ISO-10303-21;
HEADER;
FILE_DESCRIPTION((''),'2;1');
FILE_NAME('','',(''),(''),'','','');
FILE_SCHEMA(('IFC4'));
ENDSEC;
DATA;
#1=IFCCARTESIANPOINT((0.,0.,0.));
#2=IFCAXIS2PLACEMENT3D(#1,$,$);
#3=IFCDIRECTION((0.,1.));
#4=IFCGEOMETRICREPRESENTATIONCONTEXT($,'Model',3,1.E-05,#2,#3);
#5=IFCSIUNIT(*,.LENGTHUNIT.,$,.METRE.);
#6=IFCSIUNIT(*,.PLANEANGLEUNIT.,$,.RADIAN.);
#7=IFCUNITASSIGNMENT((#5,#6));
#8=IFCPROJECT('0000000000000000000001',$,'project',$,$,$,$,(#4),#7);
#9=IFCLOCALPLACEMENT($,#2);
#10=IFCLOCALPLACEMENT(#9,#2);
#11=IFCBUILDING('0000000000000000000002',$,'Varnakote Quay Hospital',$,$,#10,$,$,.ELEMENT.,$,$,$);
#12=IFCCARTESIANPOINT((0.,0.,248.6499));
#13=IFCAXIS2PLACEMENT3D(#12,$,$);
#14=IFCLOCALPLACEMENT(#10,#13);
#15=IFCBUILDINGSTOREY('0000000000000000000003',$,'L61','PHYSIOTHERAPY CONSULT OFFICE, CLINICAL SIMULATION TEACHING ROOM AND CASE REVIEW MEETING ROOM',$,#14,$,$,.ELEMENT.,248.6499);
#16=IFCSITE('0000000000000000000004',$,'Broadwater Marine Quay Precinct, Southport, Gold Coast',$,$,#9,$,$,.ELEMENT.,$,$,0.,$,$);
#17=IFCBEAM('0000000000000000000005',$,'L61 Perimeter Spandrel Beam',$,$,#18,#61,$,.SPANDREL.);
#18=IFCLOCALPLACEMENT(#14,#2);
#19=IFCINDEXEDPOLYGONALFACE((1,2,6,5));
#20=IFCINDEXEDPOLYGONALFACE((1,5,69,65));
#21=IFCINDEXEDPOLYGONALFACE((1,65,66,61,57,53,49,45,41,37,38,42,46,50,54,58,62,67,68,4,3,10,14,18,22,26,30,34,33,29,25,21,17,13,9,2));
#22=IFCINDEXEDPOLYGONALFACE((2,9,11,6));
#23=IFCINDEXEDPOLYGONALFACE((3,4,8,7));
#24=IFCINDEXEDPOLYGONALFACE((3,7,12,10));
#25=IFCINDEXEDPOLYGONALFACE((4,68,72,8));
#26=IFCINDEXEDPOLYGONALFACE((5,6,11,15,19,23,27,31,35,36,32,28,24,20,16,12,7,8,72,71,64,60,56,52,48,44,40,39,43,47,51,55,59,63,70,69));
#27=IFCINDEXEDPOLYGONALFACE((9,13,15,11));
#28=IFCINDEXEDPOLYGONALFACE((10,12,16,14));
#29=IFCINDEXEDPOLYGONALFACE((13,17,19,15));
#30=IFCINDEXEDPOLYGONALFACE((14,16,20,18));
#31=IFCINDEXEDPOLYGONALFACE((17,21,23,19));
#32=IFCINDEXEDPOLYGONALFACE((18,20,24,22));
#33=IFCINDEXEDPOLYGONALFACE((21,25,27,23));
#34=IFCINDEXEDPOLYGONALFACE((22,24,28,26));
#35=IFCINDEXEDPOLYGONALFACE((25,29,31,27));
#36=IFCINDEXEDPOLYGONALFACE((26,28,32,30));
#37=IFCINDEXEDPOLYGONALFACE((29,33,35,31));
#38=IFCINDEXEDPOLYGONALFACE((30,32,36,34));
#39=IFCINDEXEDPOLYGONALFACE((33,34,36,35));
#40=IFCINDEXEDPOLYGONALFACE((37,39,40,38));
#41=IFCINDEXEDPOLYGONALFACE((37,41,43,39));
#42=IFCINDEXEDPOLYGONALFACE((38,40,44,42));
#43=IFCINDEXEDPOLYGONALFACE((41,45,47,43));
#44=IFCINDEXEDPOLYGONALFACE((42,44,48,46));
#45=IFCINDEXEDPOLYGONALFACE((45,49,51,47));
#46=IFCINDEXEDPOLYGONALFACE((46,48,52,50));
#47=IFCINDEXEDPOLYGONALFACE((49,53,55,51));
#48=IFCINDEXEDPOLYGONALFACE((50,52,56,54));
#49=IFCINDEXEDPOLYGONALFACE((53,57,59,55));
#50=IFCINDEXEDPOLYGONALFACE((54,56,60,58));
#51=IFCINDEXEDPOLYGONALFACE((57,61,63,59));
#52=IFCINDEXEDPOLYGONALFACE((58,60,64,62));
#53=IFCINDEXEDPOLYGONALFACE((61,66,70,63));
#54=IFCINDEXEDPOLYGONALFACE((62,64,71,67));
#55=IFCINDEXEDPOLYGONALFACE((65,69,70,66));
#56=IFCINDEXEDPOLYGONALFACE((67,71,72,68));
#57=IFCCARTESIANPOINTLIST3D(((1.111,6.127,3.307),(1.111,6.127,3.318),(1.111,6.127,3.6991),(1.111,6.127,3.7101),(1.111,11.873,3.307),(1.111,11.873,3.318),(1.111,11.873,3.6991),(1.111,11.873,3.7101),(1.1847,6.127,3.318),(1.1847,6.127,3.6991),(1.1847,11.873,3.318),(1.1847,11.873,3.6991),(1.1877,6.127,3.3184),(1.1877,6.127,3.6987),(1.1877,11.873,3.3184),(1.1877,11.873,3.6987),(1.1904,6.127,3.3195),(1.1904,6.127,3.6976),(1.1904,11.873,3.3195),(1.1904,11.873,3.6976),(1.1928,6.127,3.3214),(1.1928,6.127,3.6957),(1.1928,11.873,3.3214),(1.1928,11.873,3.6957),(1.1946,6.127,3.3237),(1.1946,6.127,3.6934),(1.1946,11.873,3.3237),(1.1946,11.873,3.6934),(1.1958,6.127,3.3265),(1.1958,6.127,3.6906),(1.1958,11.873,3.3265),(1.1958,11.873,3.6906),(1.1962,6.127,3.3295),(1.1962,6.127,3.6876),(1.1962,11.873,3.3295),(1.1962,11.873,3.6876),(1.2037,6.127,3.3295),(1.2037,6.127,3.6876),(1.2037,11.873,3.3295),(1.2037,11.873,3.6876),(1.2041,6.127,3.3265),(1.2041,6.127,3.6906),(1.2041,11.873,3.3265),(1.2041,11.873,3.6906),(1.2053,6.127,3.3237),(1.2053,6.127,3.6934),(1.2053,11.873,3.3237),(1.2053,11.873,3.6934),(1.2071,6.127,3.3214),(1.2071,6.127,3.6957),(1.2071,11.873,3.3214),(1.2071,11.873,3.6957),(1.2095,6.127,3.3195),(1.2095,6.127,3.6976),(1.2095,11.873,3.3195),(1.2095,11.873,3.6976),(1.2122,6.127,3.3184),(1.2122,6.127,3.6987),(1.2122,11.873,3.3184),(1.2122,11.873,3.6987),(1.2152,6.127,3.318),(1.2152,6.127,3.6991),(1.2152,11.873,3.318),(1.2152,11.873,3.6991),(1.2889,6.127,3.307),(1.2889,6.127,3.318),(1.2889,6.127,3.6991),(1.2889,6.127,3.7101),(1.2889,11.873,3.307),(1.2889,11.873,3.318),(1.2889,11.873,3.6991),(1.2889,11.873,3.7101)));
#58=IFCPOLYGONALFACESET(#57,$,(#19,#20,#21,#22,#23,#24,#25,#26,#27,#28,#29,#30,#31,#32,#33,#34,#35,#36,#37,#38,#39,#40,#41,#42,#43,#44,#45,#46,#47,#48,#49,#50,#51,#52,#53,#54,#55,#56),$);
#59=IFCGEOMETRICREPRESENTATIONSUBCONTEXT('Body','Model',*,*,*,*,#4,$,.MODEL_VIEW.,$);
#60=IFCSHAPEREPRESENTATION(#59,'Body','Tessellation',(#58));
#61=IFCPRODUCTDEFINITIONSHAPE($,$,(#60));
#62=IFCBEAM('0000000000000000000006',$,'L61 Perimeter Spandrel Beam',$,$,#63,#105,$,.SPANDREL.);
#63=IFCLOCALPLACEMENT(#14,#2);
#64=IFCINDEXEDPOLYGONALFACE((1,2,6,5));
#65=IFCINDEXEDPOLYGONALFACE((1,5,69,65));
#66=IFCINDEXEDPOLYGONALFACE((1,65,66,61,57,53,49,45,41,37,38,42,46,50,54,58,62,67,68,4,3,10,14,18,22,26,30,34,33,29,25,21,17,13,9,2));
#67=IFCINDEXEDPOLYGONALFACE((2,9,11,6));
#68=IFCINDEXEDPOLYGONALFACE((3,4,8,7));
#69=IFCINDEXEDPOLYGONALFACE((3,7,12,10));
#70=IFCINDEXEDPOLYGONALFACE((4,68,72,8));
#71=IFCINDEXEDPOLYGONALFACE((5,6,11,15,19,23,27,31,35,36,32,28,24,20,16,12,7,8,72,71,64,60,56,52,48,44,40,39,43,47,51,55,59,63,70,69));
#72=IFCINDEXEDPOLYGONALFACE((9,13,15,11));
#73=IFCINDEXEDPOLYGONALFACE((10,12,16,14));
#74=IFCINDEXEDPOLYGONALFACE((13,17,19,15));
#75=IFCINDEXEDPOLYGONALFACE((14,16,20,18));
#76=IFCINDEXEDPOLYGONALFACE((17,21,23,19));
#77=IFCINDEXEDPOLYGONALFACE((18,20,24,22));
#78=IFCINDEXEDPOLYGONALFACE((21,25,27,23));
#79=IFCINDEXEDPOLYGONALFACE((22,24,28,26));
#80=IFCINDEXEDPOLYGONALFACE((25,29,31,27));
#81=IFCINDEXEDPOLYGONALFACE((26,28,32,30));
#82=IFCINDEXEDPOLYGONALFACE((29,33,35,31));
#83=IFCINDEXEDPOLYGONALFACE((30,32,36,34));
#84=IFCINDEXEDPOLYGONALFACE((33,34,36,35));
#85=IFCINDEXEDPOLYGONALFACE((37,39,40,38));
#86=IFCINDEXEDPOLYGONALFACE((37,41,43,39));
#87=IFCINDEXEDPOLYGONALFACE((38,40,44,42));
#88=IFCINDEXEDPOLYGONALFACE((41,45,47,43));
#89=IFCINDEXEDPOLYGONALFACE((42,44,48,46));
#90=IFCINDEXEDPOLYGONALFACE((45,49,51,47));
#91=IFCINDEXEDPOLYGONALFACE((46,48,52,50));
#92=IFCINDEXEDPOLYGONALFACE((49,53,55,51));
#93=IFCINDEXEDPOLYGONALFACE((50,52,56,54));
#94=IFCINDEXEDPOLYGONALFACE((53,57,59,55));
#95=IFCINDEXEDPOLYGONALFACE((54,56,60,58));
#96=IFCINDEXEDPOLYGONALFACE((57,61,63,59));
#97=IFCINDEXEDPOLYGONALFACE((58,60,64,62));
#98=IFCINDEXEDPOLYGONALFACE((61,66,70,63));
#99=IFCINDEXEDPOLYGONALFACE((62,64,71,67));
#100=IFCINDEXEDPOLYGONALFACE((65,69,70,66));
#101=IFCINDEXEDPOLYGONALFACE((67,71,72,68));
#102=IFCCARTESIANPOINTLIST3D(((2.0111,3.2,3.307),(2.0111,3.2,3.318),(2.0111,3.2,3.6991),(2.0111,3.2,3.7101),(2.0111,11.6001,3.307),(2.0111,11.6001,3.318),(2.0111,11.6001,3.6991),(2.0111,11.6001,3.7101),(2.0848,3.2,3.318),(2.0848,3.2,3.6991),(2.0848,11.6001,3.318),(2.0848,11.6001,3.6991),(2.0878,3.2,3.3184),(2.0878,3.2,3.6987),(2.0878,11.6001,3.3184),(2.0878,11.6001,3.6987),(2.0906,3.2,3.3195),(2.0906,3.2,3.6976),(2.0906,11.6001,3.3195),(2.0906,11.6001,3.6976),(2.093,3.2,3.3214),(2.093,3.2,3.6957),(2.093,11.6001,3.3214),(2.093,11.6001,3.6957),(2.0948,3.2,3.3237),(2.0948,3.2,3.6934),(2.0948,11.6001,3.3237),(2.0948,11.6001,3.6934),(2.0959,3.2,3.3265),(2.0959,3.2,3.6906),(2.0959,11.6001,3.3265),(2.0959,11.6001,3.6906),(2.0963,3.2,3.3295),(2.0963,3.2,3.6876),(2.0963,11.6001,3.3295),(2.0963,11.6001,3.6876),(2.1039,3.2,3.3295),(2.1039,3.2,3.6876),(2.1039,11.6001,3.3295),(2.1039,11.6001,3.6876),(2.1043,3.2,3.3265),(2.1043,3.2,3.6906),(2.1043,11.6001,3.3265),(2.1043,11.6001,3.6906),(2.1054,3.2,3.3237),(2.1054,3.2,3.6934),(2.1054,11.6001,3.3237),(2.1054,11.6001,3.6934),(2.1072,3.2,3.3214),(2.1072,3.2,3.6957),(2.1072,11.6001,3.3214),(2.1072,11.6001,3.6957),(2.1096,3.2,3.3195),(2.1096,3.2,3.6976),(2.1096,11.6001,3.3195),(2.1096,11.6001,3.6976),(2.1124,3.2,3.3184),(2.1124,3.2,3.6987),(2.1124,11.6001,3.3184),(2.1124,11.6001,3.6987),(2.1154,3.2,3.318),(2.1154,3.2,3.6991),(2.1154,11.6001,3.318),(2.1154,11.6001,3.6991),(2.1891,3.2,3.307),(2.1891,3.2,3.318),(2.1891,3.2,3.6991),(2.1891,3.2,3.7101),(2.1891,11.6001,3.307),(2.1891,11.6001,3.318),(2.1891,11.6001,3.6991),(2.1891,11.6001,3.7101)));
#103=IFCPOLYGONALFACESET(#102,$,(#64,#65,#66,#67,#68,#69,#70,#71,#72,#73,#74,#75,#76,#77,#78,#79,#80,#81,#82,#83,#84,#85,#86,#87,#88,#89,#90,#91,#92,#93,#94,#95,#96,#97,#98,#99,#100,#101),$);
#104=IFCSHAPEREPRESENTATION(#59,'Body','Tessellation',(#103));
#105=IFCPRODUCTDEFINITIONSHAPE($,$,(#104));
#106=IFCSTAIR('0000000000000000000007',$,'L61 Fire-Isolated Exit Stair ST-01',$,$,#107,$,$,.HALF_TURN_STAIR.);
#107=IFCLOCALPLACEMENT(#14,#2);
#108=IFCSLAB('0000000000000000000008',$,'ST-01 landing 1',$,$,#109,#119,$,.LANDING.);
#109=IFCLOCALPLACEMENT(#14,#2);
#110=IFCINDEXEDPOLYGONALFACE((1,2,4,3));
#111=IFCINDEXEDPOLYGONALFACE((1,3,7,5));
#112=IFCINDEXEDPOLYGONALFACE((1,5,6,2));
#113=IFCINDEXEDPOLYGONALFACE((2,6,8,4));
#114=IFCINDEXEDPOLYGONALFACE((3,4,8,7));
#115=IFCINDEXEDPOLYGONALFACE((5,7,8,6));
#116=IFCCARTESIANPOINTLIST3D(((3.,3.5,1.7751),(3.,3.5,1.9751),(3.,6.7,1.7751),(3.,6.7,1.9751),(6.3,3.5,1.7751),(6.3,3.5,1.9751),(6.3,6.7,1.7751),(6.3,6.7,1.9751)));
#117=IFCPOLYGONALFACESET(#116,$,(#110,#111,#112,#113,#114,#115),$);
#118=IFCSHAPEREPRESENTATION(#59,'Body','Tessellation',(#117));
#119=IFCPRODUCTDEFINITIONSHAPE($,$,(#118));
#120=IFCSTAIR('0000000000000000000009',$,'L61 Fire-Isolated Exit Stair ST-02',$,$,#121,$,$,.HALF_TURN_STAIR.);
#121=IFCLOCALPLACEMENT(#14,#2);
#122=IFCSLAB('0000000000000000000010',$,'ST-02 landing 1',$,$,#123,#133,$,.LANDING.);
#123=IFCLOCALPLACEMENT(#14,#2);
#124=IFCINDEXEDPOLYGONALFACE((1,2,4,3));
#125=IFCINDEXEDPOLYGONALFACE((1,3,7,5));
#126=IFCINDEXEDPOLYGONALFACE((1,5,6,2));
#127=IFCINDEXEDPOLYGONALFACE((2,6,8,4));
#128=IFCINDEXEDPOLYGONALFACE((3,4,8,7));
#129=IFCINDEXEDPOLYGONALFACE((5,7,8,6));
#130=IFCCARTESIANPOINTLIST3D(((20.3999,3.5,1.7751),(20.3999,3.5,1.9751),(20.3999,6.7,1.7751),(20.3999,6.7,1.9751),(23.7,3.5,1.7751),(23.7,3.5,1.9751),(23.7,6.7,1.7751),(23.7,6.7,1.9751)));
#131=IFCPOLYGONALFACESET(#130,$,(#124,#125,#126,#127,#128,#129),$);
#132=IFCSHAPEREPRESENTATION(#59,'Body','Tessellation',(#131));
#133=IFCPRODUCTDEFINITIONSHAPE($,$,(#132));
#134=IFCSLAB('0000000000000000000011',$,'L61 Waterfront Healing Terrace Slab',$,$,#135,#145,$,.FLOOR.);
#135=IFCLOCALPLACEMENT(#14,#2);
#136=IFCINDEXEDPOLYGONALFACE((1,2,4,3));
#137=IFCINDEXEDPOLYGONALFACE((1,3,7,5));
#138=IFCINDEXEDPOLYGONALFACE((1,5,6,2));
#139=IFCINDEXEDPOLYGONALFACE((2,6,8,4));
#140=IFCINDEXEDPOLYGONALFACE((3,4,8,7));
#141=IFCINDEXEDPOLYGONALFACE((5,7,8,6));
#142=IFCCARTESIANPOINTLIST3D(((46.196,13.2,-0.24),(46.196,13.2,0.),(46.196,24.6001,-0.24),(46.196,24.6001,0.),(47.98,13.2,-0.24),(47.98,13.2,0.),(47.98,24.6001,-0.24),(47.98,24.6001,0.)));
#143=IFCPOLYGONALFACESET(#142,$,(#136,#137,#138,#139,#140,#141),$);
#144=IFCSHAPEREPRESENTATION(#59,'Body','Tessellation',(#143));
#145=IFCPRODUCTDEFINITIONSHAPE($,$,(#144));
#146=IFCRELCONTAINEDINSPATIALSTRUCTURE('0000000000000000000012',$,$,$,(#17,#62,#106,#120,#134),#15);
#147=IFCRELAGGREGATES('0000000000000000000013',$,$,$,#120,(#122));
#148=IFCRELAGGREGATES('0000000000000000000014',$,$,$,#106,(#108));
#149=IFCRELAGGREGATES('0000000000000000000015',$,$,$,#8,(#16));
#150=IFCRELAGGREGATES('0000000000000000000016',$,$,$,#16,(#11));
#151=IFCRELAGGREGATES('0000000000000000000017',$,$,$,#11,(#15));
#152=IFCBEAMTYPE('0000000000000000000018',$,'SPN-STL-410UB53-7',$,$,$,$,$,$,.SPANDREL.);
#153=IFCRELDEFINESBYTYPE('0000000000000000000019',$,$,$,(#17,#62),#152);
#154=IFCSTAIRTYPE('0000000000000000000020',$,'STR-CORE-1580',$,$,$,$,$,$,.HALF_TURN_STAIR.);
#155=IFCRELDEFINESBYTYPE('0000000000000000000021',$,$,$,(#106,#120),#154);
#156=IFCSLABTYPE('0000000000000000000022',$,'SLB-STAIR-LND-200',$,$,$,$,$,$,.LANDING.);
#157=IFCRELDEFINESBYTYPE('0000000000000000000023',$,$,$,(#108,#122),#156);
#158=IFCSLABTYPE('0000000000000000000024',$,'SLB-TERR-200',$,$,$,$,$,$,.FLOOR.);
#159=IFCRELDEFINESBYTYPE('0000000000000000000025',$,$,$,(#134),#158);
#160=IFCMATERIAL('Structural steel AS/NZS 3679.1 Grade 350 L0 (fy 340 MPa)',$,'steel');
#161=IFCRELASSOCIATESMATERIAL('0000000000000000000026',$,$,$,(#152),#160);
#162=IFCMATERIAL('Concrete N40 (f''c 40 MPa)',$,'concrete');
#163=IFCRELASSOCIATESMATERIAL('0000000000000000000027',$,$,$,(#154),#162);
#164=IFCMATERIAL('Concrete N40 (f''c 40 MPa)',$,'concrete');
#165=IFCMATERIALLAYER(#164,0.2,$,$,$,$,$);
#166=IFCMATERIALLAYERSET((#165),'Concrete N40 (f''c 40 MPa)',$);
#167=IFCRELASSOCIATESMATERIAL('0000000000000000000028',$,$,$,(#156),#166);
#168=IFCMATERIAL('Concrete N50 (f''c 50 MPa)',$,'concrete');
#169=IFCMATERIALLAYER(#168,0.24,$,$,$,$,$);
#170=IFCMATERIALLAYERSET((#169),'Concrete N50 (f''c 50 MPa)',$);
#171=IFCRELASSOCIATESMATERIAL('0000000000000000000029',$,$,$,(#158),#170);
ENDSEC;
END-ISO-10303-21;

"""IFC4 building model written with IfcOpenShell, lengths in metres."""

from ifc_helpers import new_model, si_unit, direction, frame, origin, origin_2d, place, context, subcontext, project, spatial, polyline, i_section, outline, extrude, material, layer, layer_set, material_profile, profile_set, type_object, element, aggregate, save


model = new_model("IFC4")

# Units and contexts
model_context = context("Model", 3, precision=1e-05, world=origin(), true_north=direction((0.0, 1.0)))
body_context = subcontext(model_context, "Body", "Model", "MODEL_VIEW")
ifc_project = project(units=[si_unit("LENGTHUNIT", "METRE"), si_unit("PLANEANGLEUNIT", "RADIAN")], contexts=[model_context])

# Site, building, storey
site_placement = place(None, origin())
site = spatial("IfcSite", under=ifc_project, at=site_placement, Name="Broadwater Marine Quay Precinct, Southport, Gold Coast", CompositionType="ELEMENT", RefElevation=0.0)
building_placement = place(site_placement, origin())
building = spatial("IfcBuilding", under=site, at=building_placement, Name="Varnakote Quay Hospital", CompositionType="ELEMENT")
storey_placement = place(building_placement, frame((0.0, 0.0, 248.6499)))
storey = spatial("IfcBuildingStorey", under=building, at=storey_placement, Name="L61", Description="PHYSIOTHERAPY CONSULT OFFICE, CLINICAL SIMULATION TEACHING ROOM AND CASE REVIEW MEETING ROOM", CompositionType="ELEMENT", Elevation=248.6499)

# Beams
ifc_material_1 = material(Name="Structural steel AS/NZS 3679.1 Grade 350 L0 (fy 340 MPa)", Category="steel")
ifc_material_profile_1 = material_profile(ifc_material_1, i_section(OverallWidth=0.178, OverallDepth=0.4031, WebThickness=0.0076, FlangeThickness=0.011, FilletRadius=0.0115, at=origin_2d()), Name="410UB53.7")
ifc_profile_set_1 = profile_set([ifc_material_profile_1], Name="Structural steel AS/NZS 3679.1 Grade 350 L0 (fy 340 MPa)")
beam_type_1 = type_object("IfcBeamType", Name="SPN-STL-410UB53-7", PredefinedType="SPANDREL", material=ifc_profile_set_1)
beam_1_placement = place(storey_placement, frame((1.2, 6.127, 3.5085), z_axis=(0.0, 1.0, 0.0), x_axis=(-1.0, 0.0, 0.0)))
element("IfcBeam", 1, at=beam_1_placement, inside=storey, type_object=beam_type_1, Name="L61 Perimeter Spandrel Beam", PredefinedType="SPANDREL", context=body_context, shape_type="SweptSolid", body=[
    extrude(i_section(OverallWidth=0.178, OverallDepth=0.4031, WebThickness=0.0076, FlangeThickness=0.011, FilletRadius=0.0115, at=origin_2d()), origin(), (0.0, 0.0, 1.0), 5.7461),
])
beam_2_placement = place(storey_placement, frame((2.1001, 3.2, 3.5085), z_axis=(0.0, 1.0, 0.0), x_axis=(-1.0, 0.0, 0.0)))
element("IfcBeam", 2, at=beam_2_placement, inside=storey, type_object=beam_type_1, Name="L61 Perimeter Spandrel Beam", PredefinedType="SPANDREL", context=body_context, shape_type="SweptSolid", body=[
    extrude(i_section(OverallWidth=0.178, OverallDepth=0.4031, WebThickness=0.0076, FlangeThickness=0.011, FilletRadius=0.0115, at=origin_2d()), origin(), (0.0, 0.0, 1.0), 8.4001),
])

# Stairs, slabs
ifc_material_2 = material(Name="Concrete N40 (f'c 40 MPa)", Category="concrete")
stair_type = type_object("IfcStairType", Name="STR-CORE-1580", PredefinedType="HALF_TURN_STAIR", material=ifc_material_2)
stair_1_placement = place(storey_placement, origin())
stair_1 = element("IfcStair", 3, at=stair_1_placement, inside=storey, type_object=stair_type, Name="L61 Fire-Isolated Exit Stair ST-01", PredefinedType="HALF_TURN_STAIR")
ifc_material_3 = material(Name="Concrete N40 (f'c 40 MPa)", Category="concrete")
ifc_layer_1 = layer(ifc_material_3, 0.2)
ifc_layer_set_1 = layer_set([ifc_layer_1], Name="Concrete N40 (f'c 40 MPa)")
slab_type_1 = type_object("IfcSlabType", Name="SLB-STAIR-LND-200", PredefinedType="LANDING", material=ifc_layer_set_1)
slab_1_placement = place(storey_placement, frame((0.0, 0.0, 1.7751)))
slab_1 = element("IfcSlab", 4, at=slab_1_placement, type_object=slab_type_1, Name="ST-01 landing 1", PredefinedType="LANDING", context=body_context, shape_type="SweptSolid", body=[
    extrude(outline(polyline([(3.0, 6.7), (3.0, 3.5), (6.3, 3.5), (6.3, 6.7), (3.0, 6.7)])), origin(), (0.0, 0.0, 1.0), 0.2),
])
stair_2_placement = place(storey_placement, origin())
stair_2 = element("IfcStair", 5, at=stair_2_placement, inside=storey, type_object=stair_type, Name="L61 Fire-Isolated Exit Stair ST-02", PredefinedType="HALF_TURN_STAIR")
slab_2_placement = place(storey_placement, frame((0.0, 0.0, 1.7751)))
slab_2 = element("IfcSlab", 6, at=slab_2_placement, type_object=slab_type_1, Name="ST-02 landing 1", PredefinedType="LANDING", context=body_context, shape_type="SweptSolid", body=[
    extrude(outline(polyline([(20.3999, 6.7), (20.3999, 3.5), (23.7, 3.5), (23.7, 6.7), (20.3999, 6.7)])), origin(), (0.0, 0.0, 1.0), 0.2),
])
aggregate(stair_2, [slab_2])

# Slab
ifc_material_4 = material(Name="Concrete N50 (f'c 50 MPa)", Category="concrete")
ifc_layer_2 = layer(ifc_material_4, 0.24)
ifc_layer_set_2 = layer_set([ifc_layer_2], Name="Concrete N50 (f'c 50 MPa)")
slab_type_2 = type_object("IfcSlabType", Name="SLB-TERR-200", PredefinedType="FLOOR", material=ifc_layer_set_2)
slab_3_placement = place(storey_placement, frame((0.0, 0.0, -0.24)))
element("IfcSlab", 7, at=slab_3_placement, inside=storey, type_object=slab_type_2, Name="L61 Waterfront Healing Terrace Slab", PredefinedType="FLOOR", context=body_context, shape_type="SweptSolid", body=[
    extrude(outline(polyline([(46.196, 24.6001), (46.196, 13.2), (47.98, 13.2), (47.98, 24.6001), (46.196, 24.6001)])), origin(), (0.0, 0.0, 1.0), 0.24),
])

aggregate(stair_1, [slab_1])

save(model, "model.ifc")
